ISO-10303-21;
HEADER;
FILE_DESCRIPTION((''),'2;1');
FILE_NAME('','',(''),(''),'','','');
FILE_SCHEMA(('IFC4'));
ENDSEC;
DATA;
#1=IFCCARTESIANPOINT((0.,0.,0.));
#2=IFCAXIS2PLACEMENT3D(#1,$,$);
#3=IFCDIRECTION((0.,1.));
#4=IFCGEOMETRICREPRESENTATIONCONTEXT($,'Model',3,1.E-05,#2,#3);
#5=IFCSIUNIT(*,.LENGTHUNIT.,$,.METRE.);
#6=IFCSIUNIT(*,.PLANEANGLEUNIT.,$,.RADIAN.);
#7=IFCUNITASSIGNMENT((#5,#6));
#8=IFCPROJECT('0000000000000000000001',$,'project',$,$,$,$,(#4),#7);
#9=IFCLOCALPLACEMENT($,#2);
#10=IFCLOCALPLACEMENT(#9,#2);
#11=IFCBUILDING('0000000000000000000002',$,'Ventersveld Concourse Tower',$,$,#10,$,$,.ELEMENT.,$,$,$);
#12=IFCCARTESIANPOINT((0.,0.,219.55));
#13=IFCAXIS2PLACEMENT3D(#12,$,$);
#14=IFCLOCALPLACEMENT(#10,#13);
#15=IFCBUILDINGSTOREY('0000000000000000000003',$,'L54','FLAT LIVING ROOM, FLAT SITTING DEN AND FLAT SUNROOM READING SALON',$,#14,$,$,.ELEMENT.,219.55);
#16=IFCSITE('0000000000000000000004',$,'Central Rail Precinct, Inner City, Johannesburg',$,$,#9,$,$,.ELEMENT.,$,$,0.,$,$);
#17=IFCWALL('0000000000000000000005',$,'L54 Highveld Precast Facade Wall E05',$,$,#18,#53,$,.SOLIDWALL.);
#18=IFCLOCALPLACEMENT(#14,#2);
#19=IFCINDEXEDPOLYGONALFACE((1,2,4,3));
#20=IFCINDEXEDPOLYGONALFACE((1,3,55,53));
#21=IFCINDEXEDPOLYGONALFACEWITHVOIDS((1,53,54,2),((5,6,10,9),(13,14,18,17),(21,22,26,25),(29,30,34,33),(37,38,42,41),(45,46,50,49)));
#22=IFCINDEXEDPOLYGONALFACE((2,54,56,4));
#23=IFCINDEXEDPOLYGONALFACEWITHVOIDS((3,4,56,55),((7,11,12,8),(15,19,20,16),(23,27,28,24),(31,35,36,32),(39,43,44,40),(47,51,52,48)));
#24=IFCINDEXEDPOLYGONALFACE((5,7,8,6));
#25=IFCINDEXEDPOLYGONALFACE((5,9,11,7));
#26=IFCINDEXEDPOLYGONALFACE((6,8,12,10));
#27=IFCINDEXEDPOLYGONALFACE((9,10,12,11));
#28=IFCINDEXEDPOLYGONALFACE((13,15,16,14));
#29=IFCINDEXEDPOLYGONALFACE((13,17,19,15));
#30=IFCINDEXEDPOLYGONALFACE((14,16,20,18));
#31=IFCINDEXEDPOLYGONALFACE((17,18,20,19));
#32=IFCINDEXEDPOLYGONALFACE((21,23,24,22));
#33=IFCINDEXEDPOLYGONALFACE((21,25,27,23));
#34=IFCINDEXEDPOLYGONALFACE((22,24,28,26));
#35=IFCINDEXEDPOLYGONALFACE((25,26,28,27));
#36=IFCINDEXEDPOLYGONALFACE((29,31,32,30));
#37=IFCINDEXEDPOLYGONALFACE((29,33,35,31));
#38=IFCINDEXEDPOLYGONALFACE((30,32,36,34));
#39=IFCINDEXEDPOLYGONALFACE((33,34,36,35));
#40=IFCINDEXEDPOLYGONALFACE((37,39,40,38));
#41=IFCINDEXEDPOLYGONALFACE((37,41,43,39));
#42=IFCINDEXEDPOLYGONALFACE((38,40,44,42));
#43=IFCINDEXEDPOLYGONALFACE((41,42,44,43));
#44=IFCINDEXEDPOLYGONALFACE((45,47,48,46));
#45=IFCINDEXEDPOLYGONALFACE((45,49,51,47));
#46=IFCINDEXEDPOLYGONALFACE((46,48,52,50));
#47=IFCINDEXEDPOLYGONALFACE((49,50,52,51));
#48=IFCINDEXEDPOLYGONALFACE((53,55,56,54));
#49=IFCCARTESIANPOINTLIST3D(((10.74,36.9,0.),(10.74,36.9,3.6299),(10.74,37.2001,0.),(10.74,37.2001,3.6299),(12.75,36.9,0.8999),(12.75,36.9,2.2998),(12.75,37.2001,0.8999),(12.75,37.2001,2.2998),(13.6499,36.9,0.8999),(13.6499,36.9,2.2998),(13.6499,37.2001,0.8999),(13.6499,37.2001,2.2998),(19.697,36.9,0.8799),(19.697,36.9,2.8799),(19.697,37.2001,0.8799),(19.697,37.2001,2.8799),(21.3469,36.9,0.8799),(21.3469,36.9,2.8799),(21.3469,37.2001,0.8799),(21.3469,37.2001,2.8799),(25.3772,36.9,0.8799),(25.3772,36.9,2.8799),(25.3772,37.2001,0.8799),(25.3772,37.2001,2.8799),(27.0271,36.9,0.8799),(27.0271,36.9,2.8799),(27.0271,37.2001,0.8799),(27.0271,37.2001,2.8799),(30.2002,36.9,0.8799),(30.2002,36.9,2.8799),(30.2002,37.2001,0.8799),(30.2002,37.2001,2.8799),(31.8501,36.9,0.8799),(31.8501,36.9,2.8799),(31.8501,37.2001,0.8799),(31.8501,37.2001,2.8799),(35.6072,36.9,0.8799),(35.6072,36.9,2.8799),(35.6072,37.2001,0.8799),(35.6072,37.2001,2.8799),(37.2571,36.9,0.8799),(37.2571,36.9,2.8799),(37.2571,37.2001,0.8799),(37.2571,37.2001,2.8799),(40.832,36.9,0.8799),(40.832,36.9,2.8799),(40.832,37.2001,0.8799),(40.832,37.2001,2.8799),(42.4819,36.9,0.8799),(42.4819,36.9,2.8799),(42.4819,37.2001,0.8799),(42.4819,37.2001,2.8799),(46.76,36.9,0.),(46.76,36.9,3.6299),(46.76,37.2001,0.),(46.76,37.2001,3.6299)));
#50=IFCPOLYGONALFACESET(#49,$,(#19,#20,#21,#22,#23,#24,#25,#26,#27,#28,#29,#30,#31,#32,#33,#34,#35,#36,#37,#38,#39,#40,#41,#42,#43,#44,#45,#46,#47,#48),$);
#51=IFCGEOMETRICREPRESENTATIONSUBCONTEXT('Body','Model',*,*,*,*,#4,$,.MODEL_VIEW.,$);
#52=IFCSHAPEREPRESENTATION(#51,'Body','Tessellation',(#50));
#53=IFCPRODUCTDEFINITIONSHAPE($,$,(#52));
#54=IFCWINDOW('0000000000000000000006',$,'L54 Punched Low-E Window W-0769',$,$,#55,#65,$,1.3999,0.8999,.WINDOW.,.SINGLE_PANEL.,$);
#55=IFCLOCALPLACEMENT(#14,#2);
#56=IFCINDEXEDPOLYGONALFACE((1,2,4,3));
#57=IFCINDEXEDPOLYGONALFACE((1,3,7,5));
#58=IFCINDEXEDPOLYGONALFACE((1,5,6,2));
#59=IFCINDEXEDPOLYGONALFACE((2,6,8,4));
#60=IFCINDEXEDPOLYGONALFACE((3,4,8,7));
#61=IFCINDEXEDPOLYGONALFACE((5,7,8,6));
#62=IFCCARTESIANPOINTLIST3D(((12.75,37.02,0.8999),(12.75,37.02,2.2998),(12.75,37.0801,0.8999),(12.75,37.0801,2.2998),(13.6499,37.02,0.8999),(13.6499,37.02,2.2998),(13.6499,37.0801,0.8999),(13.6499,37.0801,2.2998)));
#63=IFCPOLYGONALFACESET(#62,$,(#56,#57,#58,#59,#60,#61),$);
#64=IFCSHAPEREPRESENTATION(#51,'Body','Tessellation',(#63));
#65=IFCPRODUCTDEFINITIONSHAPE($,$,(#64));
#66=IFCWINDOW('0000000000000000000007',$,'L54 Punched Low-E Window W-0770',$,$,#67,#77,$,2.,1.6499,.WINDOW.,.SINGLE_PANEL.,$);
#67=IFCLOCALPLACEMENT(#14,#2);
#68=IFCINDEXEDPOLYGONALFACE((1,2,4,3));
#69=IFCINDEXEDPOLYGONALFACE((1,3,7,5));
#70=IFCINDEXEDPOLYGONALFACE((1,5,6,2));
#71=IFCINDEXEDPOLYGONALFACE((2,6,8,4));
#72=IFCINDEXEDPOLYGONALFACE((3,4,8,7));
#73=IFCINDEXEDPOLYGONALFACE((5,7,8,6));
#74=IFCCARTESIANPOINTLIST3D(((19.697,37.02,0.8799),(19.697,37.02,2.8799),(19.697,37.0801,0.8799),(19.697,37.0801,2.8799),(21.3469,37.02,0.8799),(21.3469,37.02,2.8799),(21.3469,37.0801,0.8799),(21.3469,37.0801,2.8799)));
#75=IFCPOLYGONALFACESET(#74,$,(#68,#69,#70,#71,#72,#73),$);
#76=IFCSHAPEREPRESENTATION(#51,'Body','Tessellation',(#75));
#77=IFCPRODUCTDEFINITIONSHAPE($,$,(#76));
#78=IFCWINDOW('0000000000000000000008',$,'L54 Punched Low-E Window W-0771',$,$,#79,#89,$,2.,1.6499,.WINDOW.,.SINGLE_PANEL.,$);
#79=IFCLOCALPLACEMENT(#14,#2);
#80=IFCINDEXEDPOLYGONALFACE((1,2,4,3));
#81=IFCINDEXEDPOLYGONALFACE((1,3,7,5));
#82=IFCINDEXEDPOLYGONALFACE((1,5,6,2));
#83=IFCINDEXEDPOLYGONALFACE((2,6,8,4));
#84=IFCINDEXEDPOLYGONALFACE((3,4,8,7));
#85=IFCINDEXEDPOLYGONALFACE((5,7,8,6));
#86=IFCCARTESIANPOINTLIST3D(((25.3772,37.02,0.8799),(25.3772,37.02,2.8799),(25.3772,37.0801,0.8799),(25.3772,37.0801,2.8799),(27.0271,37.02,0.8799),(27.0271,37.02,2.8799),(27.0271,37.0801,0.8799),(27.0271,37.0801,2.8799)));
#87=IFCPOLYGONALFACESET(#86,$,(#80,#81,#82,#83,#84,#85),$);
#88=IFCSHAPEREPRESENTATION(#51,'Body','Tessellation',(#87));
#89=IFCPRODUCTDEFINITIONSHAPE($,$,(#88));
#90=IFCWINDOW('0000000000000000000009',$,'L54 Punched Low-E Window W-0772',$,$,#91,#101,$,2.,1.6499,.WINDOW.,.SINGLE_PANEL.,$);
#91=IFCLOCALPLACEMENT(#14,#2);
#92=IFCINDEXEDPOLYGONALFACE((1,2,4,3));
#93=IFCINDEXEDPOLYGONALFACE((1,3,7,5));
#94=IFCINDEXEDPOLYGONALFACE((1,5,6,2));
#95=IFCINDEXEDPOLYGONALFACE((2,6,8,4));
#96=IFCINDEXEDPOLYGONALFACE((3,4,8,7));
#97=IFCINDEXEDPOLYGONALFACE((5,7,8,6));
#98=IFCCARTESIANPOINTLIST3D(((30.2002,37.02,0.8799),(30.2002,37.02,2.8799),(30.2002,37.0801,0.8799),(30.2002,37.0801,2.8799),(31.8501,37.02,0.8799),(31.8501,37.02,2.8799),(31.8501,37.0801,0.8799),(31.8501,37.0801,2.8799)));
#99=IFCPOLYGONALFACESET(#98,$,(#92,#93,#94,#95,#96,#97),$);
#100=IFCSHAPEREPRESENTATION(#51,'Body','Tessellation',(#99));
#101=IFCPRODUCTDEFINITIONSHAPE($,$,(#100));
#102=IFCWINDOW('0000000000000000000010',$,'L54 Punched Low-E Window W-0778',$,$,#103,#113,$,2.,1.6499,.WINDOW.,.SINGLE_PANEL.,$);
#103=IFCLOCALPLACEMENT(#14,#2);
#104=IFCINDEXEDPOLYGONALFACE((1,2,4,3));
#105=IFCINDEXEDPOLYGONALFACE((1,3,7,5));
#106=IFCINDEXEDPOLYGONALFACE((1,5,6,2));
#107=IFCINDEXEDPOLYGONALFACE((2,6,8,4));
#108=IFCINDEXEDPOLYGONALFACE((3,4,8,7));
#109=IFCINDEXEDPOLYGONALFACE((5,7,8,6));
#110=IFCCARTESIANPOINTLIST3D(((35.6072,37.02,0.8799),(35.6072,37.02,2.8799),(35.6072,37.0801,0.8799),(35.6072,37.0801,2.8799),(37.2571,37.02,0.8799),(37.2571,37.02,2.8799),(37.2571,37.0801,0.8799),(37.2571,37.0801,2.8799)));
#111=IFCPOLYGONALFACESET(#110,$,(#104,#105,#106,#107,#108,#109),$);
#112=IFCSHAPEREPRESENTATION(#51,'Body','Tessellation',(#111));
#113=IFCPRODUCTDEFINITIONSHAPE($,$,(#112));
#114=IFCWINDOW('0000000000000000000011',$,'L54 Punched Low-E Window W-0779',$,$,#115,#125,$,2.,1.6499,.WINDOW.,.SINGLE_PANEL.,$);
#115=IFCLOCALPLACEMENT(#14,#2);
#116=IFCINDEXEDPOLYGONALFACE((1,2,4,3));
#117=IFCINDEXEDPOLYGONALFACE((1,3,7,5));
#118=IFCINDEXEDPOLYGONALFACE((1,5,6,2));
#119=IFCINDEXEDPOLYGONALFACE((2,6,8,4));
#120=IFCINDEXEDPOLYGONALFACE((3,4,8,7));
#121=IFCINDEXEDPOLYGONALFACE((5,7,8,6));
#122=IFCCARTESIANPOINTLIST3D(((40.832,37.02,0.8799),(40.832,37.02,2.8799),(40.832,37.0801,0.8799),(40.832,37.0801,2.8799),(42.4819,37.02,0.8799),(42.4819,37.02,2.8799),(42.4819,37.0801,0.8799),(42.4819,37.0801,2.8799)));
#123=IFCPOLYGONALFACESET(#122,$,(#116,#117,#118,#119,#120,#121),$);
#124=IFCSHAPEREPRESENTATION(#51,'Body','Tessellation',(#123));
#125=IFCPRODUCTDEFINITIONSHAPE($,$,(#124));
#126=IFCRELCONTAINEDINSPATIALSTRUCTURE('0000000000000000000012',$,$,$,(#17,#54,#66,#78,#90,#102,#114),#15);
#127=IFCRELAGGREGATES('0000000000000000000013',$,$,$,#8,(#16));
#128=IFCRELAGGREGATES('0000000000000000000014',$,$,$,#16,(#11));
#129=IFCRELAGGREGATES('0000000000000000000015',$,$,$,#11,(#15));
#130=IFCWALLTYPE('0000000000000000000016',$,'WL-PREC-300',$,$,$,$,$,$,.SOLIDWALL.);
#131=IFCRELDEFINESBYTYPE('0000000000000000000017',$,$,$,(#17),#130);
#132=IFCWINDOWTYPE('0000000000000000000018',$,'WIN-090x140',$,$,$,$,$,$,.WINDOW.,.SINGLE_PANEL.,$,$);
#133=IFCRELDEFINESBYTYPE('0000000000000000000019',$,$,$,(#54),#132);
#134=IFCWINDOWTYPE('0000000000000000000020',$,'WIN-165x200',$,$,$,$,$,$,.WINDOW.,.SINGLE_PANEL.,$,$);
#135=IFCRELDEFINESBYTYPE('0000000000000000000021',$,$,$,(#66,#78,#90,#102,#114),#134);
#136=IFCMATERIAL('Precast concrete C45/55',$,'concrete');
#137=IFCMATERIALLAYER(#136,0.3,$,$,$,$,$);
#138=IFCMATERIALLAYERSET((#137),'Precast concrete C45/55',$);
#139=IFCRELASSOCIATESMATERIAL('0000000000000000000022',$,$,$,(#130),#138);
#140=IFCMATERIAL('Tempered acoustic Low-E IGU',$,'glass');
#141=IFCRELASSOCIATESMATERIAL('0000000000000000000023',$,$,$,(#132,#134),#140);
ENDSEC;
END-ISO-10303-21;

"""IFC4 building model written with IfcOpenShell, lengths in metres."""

from ifc_helpers import new_model, si_unit, direction, frame, frame_2d, origin, place, context, subcontext, project, spatial, rectangle, extrude, material, layer, layer_set, type_object, element, fill, save


model = new_model("IFC4")

# Units and contexts
model_context = context("Model", 3, precision=1e-05, world=origin(), true_north=direction((0.0, 1.0)))
body_context = subcontext(model_context, "Body", "Model", "MODEL_VIEW")
ifc_project = project(units=[si_unit("LENGTHUNIT", "METRE"), si_unit("PLANEANGLEUNIT", "RADIAN")], contexts=[model_context])

# Site, building, storey
site_placement = place(None, origin())
site = spatial("IfcSite", under=ifc_project, at=site_placement, Name="Central Rail Precinct, Inner City, Johannesburg", CompositionType="ELEMENT", RefElevation=0.0)
building_placement = place(site_placement, origin())
building = spatial("IfcBuilding", under=site, at=building_placement, Name="Ventersveld Concourse Tower", CompositionType="ELEMENT")
storey_placement = place(building_placement, frame((0.0, 0.0, 219.55)))
storey = spatial("IfcBuildingStorey", under=building, at=storey_placement, Name="L54", Description="FLAT LIVING ROOM, FLAT SITTING DEN AND FLAT SUNROOM READING SALON", CompositionType="ELEMENT", Elevation=219.55)

# Shared definitions
ifc_material_1 = material(Name="Precast concrete C45/55", Category="concrete")
ifc_layer_1 = layer(ifc_material_1, 0.3)
ifc_layer_set_1 = layer_set([ifc_layer_1], Name="Precast concrete C45/55")
wall_type_1 = type_object("IfcWallType", Name="WL-PREC-300", PredefinedType="SOLIDWALL", material=ifc_layer_set_1)

# Wall, openings, windows
wall_1_placement = place(storey_placement, frame((46.76, 37.05, 0.0), z_axis=(0.0, 0.0, 1.0), x_axis=(-1.0, 0.0, 0.0)))
wall_1 = element("IfcWall", 1, at=wall_1_placement, inside=storey, type_object=wall_type_1, Name="L54 Highveld Precast Facade Wall E05", PredefinedType="SOLIDWALL", context=body_context, shape_type="SweptSolid", body=[
    extrude(rectangle(XDim=36.02, YDim=0.3, at=frame_2d((18.01, 0.0))), origin(), (0.0, 0.0, 1.0), 3.6299),
])
opening_1_placement = place(wall_1_placement, frame((33.1101, 0.0, 0.8999)))
opening_1 = element("IfcOpeningElement", 2, at=opening_1_placement, cuts=wall_1, PredefinedType="OPENING", context=body_context, shape_type="SweptSolid", body=[
    extrude(rectangle(XDim=0.8999, YDim=1.3999, at=frame_2d((0.45, 0.7))), frame((0.0, 0.1602, 0.0), z_axis=(0.0, -1.0, 0.0), x_axis=(1.0, 0.0, 0.0)), (0.0, 0.0, 1.0), 0.3201),
])
opening_2_placement = place(wall_1_placement, frame((25.4131, 0.0, 0.8799)))
opening_2 = element("IfcOpeningElement", 3, at=opening_2_placement, cuts=wall_1, PredefinedType="OPENING", context=body_context, shape_type="SweptSolid", body=[
    extrude(rectangle(XDim=1.6499, YDim=2.0, at=frame_2d((0.825, 1.0))), frame((0.0, 0.1602, 0.0), z_axis=(0.0, -1.0, 0.0), x_axis=(1.0, 0.0, 0.0)), (0.0, 0.0, 1.0), 0.3201),
])
opening_3_placement = place(wall_1_placement, frame((19.7329, 0.0, 0.8799)))
opening_3 = element("IfcOpeningElement", 4, at=opening_3_placement, cuts=wall_1, PredefinedType="OPENING", context=body_context, shape_type="SweptSolid", body=[
    extrude(rectangle(XDim=1.6499, YDim=2.0, at=frame_2d((0.825, 1.0))), frame((0.0, 0.1602, 0.0), z_axis=(0.0, -1.0, 0.0), x_axis=(1.0, 0.0, 0.0)), (0.0, 0.0, 1.0), 0.3201),
])
opening_4_placement = place(wall_1_placement, frame((14.9099, 0.0, 0.8799)))
opening_4 = element("IfcOpeningElement", 5, at=opening_4_placement, cuts=wall_1, PredefinedType="OPENING", context=body_context, shape_type="SweptSolid", body=[
    extrude(rectangle(XDim=1.6499, YDim=2.0, at=frame_2d((0.825, 1.0))), frame((0.0, 0.1602, 0.0), z_axis=(0.0, -1.0, 0.0), x_axis=(1.0, 0.0, 0.0)), (0.0, 0.0, 1.0), 0.3201),
])
opening_5_placement = place(wall_1_placement, frame((9.5029, 0.0, 0.8799)))
opening_5 = element("IfcOpeningElement", 6, at=opening_5_placement, cuts=wall_1, PredefinedType="OPENING", context=body_context, shape_type="SweptSolid", body=[
    extrude(rectangle(XDim=1.6499, YDim=2.0, at=frame_2d((0.825, 1.0))), frame((0.0, 0.1602, 0.0), z_axis=(0.0, -1.0, 0.0), x_axis=(1.0, 0.0, 0.0)), (0.0, 0.0, 1.0), 0.3201),
])
opening_6_placement = place(wall_1_placement, frame((4.2781, 0.0, 0.8799)))
opening_6 = element("IfcOpeningElement", 7, at=opening_6_placement, cuts=wall_1, PredefinedType="OPENING", context=body_context, shape_type="SweptSolid", body=[
    extrude(rectangle(XDim=1.6499, YDim=2.0, at=frame_2d((0.825, 1.0))), frame((0.0, 0.1602, 0.0), z_axis=(0.0, -1.0, 0.0), x_axis=(1.0, 0.0, 0.0)), (0.0, 0.0, 1.0), 0.3201),
])
ifc_material_2 = material(Name="Tempered acoustic Low-E IGU", Category="glass")
window_type_1 = type_object("IfcWindowType", Name="WIN-090x140", PartitioningType="SINGLE_PANEL", PredefinedType="WINDOW", material=ifc_material_2)
window_1_placement = place(opening_1_placement, origin())
window_1 = element("IfcWindow", 8, at=window_1_placement, inside=storey, type_object=window_type_1, Name="L54 Punched Low-E Window W-0769", OverallHeight=1.3999, OverallWidth=0.8999, PartitioningType="SINGLE_PANEL", PredefinedType="WINDOW", context=body_context, shape_type="SweptSolid", body=[
    extrude(rectangle(XDim=0.8999, YDim=1.3999, at=frame_2d((0.45, 0.7))), frame((0.0, 0.03, 0.0), z_axis=(0.0, -1.0, 0.0), x_axis=(1.0, 0.0, 0.0)), (0.0, 0.0, 1.0), 0.0601),
])
fill(opening_1, window_1)
window_type_2 = type_object("IfcWindowType", Name="WIN-165x200", PartitioningType="SINGLE_PANEL", PredefinedType="WINDOW", material=ifc_material_2)
window_2_placement = place(opening_2_placement, origin())
window_2 = element("IfcWindow", 9, at=window_2_placement, inside=storey, type_object=window_type_2, Name="L54 Punched Low-E Window W-0770", OverallHeight=2.0, OverallWidth=1.6499, PartitioningType="SINGLE_PANEL", PredefinedType="WINDOW", context=body_context, shape_type="SweptSolid", body=[
    extrude(rectangle(XDim=1.6499, YDim=2.0, at=frame_2d((0.825, 1.0))), frame((0.0, 0.03, 0.0), z_axis=(0.0, -1.0, 0.0), x_axis=(1.0, 0.0, 0.0)), (0.0, 0.0, 1.0), 0.0601),
])
fill(opening_2, window_2)
window_3_placement = place(opening_3_placement, origin())
window_3 = element("IfcWindow", 10, at=window_3_placement, inside=storey, type_object=window_type_2, Name="L54 Punched Low-E Window W-0771", OverallHeight=2.0, OverallWidth=1.6499, PartitioningType="SINGLE_PANEL", PredefinedType="WINDOW", context=body_context, shape_type="SweptSolid", body=[
    extrude(rectangle(XDim=1.6499, YDim=2.0, at=frame_2d((0.825, 1.0))), frame((0.0, 0.03, 0.0), z_axis=(0.0, -1.0, 0.0), x_axis=(1.0, 0.0, 0.0)), (0.0, 0.0, 1.0), 0.0601),
])
fill(opening_3, window_3)
window_4_placement = place(opening_4_placement, origin())
window_4 = element("IfcWindow", 11, at=window_4_placement, inside=storey, type_object=window_type_2, Name="L54 Punched Low-E Window W-0772", OverallHeight=2.0, OverallWidth=1.6499, PartitioningType="SINGLE_PANEL", PredefinedType="WINDOW", context=body_context, shape_type="SweptSolid", body=[
    extrude(rectangle(XDim=1.6499, YDim=2.0, at=frame_2d((0.825, 1.0))), frame((0.0, 0.03, 0.0), z_axis=(0.0, -1.0, 0.0), x_axis=(1.0, 0.0, 0.0)), (0.0, 0.0, 1.0), 0.0601),
])
fill(opening_4, window_4)
window_5_placement = place(opening_5_placement, origin())
window_5 = element("IfcWindow", 12, at=window_5_placement, inside=storey, type_object=window_type_2, Name="L54 Punched Low-E Window W-0778", OverallHeight=2.0, OverallWidth=1.6499, PartitioningType="SINGLE_PANEL", PredefinedType="WINDOW", context=body_context, shape_type="SweptSolid", body=[
    extrude(rectangle(XDim=1.6499, YDim=2.0, at=frame_2d((0.825, 1.0))), frame((0.0, 0.03, 0.0), z_axis=(0.0, -1.0, 0.0), x_axis=(1.0, 0.0, 0.0)), (0.0, 0.0, 1.0), 0.0601),
])
fill(opening_5, window_5)
window_6_placement = place(opening_6_placement, origin())
window_6 = element("IfcWindow", 13, at=window_6_placement, inside=storey, type_object=window_type_2, Name="L54 Punched Low-E Window W-0779", OverallHeight=2.0, OverallWidth=1.6499, PartitioningType="SINGLE_PANEL", PredefinedType="WINDOW", context=body_context, shape_type="SweptSolid", body=[
    extrude(rectangle(XDim=1.6499, YDim=2.0, at=frame_2d((0.825, 1.0))), frame((0.0, 0.03, 0.0), z_axis=(0.0, -1.0, 0.0), x_axis=(1.0, 0.0, 0.0)), (0.0, 0.0, 1.0), 0.0601),
])
fill(opening_6, window_6)

save(model, "model.ifc")
